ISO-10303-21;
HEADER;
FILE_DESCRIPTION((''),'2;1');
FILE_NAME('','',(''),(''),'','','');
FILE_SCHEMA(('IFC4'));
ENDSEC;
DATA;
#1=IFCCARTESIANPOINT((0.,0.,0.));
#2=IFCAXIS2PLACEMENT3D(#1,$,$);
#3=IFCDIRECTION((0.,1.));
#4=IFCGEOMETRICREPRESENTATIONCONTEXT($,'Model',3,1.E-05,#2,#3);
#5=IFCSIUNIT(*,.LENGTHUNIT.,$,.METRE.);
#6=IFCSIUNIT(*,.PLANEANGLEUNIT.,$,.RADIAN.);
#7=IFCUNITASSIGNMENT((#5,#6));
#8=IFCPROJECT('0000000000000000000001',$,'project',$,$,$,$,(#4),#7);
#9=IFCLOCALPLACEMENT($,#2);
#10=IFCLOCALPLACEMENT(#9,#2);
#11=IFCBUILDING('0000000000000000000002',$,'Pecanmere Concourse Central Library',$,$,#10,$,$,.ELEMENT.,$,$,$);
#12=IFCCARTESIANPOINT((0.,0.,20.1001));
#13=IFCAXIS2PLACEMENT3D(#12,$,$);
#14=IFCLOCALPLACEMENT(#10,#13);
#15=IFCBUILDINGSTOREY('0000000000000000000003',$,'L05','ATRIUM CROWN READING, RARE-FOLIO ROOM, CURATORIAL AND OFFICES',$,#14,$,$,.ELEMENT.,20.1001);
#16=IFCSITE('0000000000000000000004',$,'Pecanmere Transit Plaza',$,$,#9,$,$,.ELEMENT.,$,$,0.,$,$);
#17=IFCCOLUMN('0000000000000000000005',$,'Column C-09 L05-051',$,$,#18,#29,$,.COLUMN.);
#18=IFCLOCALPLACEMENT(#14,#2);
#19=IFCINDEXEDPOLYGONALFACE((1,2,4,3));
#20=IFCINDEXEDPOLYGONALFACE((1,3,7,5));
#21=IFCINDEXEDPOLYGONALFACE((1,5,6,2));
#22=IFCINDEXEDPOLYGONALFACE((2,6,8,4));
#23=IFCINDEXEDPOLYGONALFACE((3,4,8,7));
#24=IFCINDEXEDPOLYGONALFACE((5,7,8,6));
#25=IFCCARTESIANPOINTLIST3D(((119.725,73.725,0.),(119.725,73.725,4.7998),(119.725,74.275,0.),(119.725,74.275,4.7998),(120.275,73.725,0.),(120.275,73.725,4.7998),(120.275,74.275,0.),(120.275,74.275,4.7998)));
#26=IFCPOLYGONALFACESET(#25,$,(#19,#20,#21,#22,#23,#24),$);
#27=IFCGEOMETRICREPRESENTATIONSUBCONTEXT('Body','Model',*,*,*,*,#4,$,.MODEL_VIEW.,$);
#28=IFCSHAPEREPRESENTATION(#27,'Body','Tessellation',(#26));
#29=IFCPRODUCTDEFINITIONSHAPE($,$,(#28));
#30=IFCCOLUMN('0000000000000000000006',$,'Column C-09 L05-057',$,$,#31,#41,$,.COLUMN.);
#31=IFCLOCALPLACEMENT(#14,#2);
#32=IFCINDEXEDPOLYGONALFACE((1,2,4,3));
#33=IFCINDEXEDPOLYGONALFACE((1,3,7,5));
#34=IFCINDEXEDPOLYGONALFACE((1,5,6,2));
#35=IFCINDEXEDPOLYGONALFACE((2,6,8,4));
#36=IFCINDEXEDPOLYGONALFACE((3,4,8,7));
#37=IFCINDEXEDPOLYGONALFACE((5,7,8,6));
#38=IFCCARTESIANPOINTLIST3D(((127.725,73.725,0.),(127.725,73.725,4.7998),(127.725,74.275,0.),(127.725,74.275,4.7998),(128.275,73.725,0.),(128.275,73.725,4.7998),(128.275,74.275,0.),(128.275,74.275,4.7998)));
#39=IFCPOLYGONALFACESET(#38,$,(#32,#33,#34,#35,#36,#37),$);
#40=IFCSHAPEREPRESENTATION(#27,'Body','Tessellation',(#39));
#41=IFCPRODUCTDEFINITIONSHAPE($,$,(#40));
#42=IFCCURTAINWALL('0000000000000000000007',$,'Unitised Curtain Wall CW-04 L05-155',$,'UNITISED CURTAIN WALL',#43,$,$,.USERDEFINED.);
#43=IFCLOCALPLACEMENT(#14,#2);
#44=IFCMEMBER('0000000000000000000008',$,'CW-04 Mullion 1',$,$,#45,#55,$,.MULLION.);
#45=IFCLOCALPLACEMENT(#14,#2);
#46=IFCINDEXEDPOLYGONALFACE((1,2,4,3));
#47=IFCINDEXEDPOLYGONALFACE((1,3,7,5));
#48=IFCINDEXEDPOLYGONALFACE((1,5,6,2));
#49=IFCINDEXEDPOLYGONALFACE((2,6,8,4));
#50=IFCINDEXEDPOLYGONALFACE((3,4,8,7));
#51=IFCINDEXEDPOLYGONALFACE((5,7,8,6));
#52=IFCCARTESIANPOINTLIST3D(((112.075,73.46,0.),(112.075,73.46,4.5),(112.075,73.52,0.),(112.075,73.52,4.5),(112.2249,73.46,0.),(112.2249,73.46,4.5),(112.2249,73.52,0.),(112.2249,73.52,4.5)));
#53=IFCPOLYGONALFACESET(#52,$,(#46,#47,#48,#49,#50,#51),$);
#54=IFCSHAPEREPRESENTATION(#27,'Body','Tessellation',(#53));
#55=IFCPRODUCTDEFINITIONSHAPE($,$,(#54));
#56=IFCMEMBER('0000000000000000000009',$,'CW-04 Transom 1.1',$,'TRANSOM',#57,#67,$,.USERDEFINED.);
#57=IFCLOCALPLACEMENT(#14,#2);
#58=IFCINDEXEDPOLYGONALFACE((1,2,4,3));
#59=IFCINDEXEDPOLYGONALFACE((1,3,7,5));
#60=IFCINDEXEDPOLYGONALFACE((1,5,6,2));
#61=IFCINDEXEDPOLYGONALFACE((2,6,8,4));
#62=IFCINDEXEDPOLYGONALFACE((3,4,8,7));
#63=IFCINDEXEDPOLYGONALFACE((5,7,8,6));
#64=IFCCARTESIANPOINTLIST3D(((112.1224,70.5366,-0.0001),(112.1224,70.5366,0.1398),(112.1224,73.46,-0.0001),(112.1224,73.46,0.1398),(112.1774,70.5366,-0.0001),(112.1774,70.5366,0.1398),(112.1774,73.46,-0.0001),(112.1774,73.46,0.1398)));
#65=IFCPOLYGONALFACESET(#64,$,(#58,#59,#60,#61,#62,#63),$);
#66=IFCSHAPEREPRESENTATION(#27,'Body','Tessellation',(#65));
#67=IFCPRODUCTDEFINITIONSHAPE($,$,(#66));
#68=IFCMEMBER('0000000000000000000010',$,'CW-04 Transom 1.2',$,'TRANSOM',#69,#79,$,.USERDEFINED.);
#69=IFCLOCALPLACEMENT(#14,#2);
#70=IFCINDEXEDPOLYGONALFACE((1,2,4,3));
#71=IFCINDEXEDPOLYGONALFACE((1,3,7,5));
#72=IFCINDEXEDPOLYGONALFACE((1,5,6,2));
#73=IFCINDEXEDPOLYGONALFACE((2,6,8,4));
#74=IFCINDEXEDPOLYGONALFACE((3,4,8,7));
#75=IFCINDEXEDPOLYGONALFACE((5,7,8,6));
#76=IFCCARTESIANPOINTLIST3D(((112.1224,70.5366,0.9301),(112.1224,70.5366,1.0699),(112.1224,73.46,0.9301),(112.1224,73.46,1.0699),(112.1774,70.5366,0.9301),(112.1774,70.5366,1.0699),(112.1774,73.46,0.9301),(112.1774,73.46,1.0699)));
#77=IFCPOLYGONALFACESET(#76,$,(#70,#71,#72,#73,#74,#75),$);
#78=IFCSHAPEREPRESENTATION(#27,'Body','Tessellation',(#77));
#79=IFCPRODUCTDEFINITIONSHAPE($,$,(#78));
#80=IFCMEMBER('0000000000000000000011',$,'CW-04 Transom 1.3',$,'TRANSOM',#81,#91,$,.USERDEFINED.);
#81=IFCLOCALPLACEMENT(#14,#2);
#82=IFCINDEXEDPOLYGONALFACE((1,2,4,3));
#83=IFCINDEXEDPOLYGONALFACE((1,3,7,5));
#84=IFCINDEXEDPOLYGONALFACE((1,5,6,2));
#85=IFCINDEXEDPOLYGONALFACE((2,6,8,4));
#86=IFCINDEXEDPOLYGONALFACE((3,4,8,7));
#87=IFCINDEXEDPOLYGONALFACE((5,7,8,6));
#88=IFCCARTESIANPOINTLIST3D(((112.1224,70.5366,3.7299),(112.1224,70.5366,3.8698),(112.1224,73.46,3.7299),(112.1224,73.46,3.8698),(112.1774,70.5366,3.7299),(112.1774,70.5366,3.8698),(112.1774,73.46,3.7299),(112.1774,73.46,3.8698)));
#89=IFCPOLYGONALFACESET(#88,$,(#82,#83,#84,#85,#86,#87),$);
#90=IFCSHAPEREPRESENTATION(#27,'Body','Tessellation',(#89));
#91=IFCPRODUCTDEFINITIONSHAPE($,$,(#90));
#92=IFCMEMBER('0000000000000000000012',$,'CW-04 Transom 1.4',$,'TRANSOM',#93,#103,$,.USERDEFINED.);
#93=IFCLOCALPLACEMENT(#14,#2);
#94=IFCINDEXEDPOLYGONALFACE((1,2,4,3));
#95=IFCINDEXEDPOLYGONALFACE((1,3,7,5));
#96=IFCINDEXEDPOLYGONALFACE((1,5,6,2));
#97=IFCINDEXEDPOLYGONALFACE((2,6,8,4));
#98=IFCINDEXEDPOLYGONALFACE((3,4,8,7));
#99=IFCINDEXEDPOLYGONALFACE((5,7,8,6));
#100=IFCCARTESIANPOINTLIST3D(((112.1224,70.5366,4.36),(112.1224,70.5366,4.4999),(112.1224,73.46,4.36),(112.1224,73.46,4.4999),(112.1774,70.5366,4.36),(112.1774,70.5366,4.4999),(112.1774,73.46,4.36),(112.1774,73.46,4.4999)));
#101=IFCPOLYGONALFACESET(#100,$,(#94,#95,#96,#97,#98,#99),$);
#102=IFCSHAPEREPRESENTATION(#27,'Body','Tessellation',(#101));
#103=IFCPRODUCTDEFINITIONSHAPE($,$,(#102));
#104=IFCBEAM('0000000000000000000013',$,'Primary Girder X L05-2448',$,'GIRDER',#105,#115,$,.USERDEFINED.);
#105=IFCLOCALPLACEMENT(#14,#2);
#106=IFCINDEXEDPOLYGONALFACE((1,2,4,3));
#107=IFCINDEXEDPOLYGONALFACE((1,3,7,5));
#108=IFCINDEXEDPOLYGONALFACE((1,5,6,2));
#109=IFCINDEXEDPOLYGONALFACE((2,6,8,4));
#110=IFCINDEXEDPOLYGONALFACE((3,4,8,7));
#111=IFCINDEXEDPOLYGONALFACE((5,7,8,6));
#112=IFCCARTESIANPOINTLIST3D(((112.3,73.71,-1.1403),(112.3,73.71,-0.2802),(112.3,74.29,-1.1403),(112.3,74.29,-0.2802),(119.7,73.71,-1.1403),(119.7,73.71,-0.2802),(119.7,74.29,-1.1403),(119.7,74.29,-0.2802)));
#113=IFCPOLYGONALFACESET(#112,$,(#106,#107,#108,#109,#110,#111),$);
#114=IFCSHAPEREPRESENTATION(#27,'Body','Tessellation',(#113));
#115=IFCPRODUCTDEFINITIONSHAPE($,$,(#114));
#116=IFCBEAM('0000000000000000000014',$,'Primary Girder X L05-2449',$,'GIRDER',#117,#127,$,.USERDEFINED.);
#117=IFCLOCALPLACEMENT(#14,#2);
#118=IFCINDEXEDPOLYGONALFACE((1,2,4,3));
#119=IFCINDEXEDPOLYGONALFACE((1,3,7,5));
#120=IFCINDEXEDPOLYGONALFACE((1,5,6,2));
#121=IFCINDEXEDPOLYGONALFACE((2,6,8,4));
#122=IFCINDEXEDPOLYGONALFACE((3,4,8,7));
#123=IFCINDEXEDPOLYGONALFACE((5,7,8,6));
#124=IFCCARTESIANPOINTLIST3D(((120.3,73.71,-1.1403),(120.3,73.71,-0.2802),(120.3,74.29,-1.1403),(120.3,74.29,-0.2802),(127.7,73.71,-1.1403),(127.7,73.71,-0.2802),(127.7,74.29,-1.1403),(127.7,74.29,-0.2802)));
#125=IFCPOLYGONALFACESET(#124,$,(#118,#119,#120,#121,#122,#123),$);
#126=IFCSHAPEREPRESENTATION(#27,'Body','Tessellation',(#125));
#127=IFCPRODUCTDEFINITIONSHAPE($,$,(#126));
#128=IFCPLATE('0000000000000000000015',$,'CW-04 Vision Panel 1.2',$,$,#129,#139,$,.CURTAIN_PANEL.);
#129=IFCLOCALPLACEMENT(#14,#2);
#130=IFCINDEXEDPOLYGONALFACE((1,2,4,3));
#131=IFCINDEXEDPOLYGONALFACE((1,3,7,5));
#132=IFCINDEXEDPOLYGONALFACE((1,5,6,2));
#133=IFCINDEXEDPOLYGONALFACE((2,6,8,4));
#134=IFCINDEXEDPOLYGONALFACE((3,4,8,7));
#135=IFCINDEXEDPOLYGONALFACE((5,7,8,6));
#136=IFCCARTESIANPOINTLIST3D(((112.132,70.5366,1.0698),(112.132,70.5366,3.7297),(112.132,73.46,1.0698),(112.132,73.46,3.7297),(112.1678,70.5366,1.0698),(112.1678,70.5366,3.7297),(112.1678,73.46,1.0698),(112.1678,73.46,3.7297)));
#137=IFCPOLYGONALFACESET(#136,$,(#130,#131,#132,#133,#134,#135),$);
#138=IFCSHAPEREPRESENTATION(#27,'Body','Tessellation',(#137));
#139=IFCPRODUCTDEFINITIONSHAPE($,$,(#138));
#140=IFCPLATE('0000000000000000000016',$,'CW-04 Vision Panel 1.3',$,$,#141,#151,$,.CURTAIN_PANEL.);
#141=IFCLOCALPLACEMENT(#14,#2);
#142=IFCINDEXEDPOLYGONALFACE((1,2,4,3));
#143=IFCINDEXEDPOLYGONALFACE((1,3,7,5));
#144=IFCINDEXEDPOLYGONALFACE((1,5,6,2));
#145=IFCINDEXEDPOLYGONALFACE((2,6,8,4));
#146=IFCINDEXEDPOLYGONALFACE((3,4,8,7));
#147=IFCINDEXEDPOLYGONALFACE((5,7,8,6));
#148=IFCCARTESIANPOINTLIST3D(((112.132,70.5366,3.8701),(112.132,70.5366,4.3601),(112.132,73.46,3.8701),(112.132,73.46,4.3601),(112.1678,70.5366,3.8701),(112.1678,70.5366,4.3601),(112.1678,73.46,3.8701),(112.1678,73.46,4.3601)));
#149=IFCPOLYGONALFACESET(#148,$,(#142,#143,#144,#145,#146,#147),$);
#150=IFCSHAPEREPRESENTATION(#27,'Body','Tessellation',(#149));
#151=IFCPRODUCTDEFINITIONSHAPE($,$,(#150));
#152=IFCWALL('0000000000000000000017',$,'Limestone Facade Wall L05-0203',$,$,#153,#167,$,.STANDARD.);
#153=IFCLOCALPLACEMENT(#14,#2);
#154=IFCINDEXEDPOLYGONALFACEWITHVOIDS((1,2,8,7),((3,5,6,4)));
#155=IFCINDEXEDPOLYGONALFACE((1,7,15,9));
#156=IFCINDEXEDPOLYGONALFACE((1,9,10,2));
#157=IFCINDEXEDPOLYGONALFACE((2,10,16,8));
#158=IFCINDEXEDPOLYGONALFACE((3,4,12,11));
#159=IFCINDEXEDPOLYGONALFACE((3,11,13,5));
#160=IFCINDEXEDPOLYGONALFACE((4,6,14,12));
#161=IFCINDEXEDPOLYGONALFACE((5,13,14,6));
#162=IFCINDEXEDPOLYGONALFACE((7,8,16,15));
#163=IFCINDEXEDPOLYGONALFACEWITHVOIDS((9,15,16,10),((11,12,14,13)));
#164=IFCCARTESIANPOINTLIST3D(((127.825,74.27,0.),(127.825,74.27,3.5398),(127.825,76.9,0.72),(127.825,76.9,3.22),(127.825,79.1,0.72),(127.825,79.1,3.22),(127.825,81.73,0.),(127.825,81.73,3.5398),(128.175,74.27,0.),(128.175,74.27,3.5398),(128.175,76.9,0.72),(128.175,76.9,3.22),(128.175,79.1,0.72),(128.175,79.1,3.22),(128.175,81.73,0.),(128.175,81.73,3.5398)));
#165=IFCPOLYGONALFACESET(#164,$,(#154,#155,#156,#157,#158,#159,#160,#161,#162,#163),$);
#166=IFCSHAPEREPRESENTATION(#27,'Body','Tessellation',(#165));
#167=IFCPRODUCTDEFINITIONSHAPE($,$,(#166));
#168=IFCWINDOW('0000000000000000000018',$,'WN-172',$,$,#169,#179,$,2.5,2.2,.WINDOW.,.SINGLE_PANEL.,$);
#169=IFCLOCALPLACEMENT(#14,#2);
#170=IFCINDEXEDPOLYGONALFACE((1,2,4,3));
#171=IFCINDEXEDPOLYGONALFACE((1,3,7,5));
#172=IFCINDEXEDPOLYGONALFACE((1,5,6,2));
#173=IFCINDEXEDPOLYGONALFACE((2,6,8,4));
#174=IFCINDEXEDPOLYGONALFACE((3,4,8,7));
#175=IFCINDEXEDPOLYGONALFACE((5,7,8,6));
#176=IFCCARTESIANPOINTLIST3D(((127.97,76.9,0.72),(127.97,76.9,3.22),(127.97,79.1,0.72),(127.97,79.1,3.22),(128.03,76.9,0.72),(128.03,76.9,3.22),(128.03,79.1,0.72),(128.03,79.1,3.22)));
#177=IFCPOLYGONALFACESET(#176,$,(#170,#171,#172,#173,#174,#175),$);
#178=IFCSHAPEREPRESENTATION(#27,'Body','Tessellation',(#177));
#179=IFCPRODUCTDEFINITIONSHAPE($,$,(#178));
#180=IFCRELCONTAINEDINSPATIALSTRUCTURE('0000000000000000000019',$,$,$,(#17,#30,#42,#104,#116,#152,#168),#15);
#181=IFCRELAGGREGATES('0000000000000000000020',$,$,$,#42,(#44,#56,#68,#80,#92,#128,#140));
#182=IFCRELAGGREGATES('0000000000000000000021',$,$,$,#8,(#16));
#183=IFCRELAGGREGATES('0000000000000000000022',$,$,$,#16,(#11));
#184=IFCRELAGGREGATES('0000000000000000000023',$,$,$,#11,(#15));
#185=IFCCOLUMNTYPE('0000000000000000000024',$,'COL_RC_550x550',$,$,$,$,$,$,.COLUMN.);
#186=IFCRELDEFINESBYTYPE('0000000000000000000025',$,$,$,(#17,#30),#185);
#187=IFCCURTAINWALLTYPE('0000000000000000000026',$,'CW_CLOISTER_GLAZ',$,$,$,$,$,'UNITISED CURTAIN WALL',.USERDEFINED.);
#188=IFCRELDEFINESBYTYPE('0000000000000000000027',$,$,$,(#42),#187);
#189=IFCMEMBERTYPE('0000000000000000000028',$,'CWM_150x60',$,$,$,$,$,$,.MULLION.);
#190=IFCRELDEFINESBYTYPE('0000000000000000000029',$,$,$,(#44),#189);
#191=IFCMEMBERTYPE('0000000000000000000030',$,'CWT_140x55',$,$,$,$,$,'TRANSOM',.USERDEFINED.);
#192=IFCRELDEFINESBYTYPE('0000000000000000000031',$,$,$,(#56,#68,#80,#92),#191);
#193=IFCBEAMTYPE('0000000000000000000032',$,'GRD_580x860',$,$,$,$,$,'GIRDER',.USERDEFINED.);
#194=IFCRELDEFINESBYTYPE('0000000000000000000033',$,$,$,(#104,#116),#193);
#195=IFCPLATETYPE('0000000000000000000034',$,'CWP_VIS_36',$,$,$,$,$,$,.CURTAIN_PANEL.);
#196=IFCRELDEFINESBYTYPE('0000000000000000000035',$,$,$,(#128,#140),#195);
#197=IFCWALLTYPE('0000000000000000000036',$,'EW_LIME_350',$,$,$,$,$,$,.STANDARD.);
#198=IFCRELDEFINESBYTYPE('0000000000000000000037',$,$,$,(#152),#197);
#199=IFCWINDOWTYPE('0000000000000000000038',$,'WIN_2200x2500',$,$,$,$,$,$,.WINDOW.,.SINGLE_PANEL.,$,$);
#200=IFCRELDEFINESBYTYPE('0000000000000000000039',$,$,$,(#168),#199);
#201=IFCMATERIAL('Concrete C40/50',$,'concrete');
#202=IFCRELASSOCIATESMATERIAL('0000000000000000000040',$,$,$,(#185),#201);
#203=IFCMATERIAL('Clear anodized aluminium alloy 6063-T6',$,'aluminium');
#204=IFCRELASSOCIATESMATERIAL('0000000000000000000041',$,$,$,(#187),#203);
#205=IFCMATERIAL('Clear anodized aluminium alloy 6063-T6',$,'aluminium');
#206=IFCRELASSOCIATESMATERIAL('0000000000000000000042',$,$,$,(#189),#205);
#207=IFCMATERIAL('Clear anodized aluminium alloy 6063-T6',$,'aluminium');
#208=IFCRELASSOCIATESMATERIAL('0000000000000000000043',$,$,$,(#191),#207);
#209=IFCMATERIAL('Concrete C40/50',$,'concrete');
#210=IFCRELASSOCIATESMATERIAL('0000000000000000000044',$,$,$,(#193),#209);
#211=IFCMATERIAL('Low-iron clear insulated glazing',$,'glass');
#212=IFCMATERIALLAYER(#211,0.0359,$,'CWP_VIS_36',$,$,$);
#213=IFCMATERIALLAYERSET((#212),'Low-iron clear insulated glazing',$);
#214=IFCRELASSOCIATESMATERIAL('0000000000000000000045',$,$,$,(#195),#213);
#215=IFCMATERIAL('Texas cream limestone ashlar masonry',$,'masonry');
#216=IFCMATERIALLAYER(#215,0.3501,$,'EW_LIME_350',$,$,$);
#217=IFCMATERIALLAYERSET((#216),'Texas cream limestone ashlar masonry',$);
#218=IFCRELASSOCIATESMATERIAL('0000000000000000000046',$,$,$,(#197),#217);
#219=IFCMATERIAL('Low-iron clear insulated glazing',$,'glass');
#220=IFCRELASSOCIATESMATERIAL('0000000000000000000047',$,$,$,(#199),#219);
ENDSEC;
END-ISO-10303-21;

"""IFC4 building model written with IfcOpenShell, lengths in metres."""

from ifc_helpers import new_model, si_unit, direction, frame, frame_2d, origin, origin_2d, place, context, subcontext, project, spatial, rectangle, extrude, material, layer, layer_set, material_profile, profile_set, type_object, element, fill, aggregate, save


model = new_model("IFC4")

# Units and contexts
model_context = context("Model", 3, precision=1e-05, world=origin(), true_north=direction((0.0, 1.0)))
body_context = subcontext(model_context, "Body", "Model", "MODEL_VIEW")
ifc_project = project(units=[si_unit("LENGTHUNIT", "METRE"), si_unit("PLANEANGLEUNIT", "RADIAN")], contexts=[model_context])

# Site, building, storey
site_placement = place(None, origin())
site = spatial("IfcSite", under=ifc_project, at=site_placement, Name="Pecanmere Transit Plaza", CompositionType="ELEMENT", RefElevation=0.0)
building_placement = place(site_placement, origin())
building = spatial("IfcBuilding", under=site, at=building_placement, Name="Pecanmere Concourse Central Library", CompositionType="ELEMENT")
storey_placement = place(building_placement, frame((0.0, 0.0, 20.1001)))
storey = spatial("IfcBuildingStorey", under=building, at=storey_placement, Name="L05", Description="ATRIUM CROWN READING, RARE-FOLIO ROOM, CURATORIAL AND OFFICES", CompositionType="ELEMENT", Elevation=20.1001)

# Columns
ifc_material_1 = material(Name="Concrete C40/50", Category="concrete")
ifc_material_profile_1 = material_profile(ifc_material_1, rectangle(XDim=0.55, YDim=0.55, at=origin_2d()), Name="RC 550x550")
ifc_profile_set_1 = profile_set([ifc_material_profile_1], Name="Concrete C40/50")
column_type = type_object("IfcColumnType", Name="COL_RC_550x550", PredefinedType="COLUMN", material=ifc_profile_set_1)
for number, where, z_axis, x_axis, name in (
    (1, (120.0, 74.0, 0.0), (0.0, 0.0, 1.0), (1.0, 0.0, 0.0), "Column C-09 L05-051"),
    (2, (128.0, 74.0, 0.0), (0.0, 0.0, 1.0), (1.0, 0.0, 0.0), "Column C-09 L05-057"),
):
    element("IfcColumn", number, at=place(storey_placement, frame(where, z_axis=z_axis, x_axis=x_axis)), inside=storey, type_object=column_type, Name=name, PredefinedType="COLUMN", context=body_context, shape_type="SweptSolid", body=[
        extrude(rectangle(XDim=0.55, YDim=0.55, at=origin_2d()), origin(), (0.0, 0.0, 1.0), 4.7998),
    ])

# Curtain wall, members
ifc_material_2 = material(Name="Clear anodized aluminium alloy 6063-T6", Category="aluminium")
curtain_wall_type = type_object("IfcCurtainWallType", Name="CW_CLOISTER_GLAZ", ElementType="UNITISED CURTAIN WALL", PredefinedType="USERDEFINED", material=ifc_material_2)
curtain_wall_placement = place(storey_placement, origin())
curtain_wall = element("IfcCurtainWall", 3, at=curtain_wall_placement, inside=storey, type_object=curtain_wall_type, Name="Unitised Curtain Wall CW-04 L05-155", ObjectType="UNITISED CURTAIN WALL", PredefinedType="USERDEFINED")
ifc_material_3 = material(Name="Clear anodized aluminium alloy 6063-T6", Category="aluminium")
ifc_material_profile_2 = material_profile(ifc_material_3, rectangle(XDim=0.0601, YDim=0.1499, at=origin_2d()), Name="AL 60x150")
ifc_profile_set_2 = profile_set([ifc_material_profile_2], Name="Clear anodized aluminium alloy 6063-T6")
member_type_1 = type_object("IfcMemberType", Name="CWM_150x60", PredefinedType="MULLION", material=ifc_profile_set_2)
member_1_placement = place(storey_placement, frame((112.1499, 73.49, 0.0), z_axis=(0.0, 0.0, 1.0), x_axis=(0.0, -1.0, 0.0)))
member_1 = element("IfcMember", 4, at=member_1_placement, type_object=member_type_1, Name="CW-04 Mullion 1", PredefinedType="MULLION", context=body_context, shape_type="SweptSolid", body=[
    extrude(rectangle(XDim=0.0601, YDim=0.1499, at=origin_2d()), origin(), (0.0, 0.0, 1.0), 4.5),
])
ifc_material_4 = material(Name="Clear anodized aluminium alloy 6063-T6", Category="aluminium")
ifc_material_profile_3 = material_profile(ifc_material_4, rectangle(XDim=0.0549, YDim=0.1399, at=origin_2d()), Name="AL 55x140")
ifc_profile_set_3 = profile_set([ifc_material_profile_3], Name="Clear anodized aluminium alloy 6063-T6")
member_type_2 = type_object("IfcMemberType", Name="CWT_140x55", ElementType="TRANSOM", PredefinedType="USERDEFINED", material=ifc_profile_set_3)
member_2_placement = place(storey_placement, frame((112.1499, 73.46, 0.0698), z_axis=(0.0, -1.0, 0.0), x_axis=(1.0, 0.0, 0.0)))
member_2 = element("IfcMember", 5, at=member_2_placement, type_object=member_type_2, Name="CW-04 Transom 1.1", ObjectType="TRANSOM", PredefinedType="USERDEFINED", context=body_context, shape_type="SweptSolid", body=[
    extrude(rectangle(XDim=0.0549, YDim=0.1399, at=origin_2d()), origin(), (0.0, 0.0, 1.0), 2.9233),
])
member_3_placement = place(storey_placement, frame((112.1499, 73.46, 1.0), z_axis=(0.0, -1.0, 0.0), x_axis=(1.0, 0.0, 0.0)))
member_3 = element("IfcMember", 6, at=member_3_placement, type_object=member_type_2, Name="CW-04 Transom 1.2", ObjectType="TRANSOM", PredefinedType="USERDEFINED", context=body_context, shape_type="SweptSolid", body=[
    extrude(rectangle(XDim=0.0549, YDim=0.1399, at=origin_2d()), origin(), (0.0, 0.0, 1.0), 2.9233),
])
member_4_placement = place(storey_placement, frame((112.1499, 73.46, 3.7998), z_axis=(0.0, -1.0, 0.0), x_axis=(1.0, 0.0, 0.0)))
member_4 = element("IfcMember", 7, at=member_4_placement, type_object=member_type_2, Name="CW-04 Transom 1.3", ObjectType="TRANSOM", PredefinedType="USERDEFINED", context=body_context, shape_type="SweptSolid", body=[
    extrude(rectangle(XDim=0.0549, YDim=0.1399, at=origin_2d()), origin(), (0.0, 0.0, 1.0), 2.9233),
])
member_5_placement = place(storey_placement, frame((112.1499, 73.46, 4.4299), z_axis=(0.0, -1.0, 0.0), x_axis=(1.0, 0.0, 0.0)))
member_5 = element("IfcMember", 8, at=member_5_placement, type_object=member_type_2, Name="CW-04 Transom 1.4", ObjectType="TRANSOM", PredefinedType="USERDEFINED", context=body_context, shape_type="SweptSolid", body=[
    extrude(rectangle(XDim=0.0549, YDim=0.1399, at=origin_2d()), origin(), (0.0, 0.0, 1.0), 2.9233),
])

# Beams
ifc_material_5 = material(Name="Concrete C40/50", Category="concrete")
ifc_material_profile_4 = material_profile(ifc_material_5, rectangle(XDim=0.5801, YDim=0.8601, at=origin_2d()), Name="RC 580x860")
ifc_profile_set_4 = profile_set([ifc_material_profile_4], Name="Concrete C40/50")
beam_type = type_object("IfcBeamType", Name="GRD_580x860", ElementType="GIRDER", PredefinedType="USERDEFINED", material=ifc_profile_set_4)
for number, where, z_axis, x_axis, name in (
    (9, (112.3, 74.0, -0.7102), (1.0, 0.0, 0.0), (0.0, 1.0, 0.0), "Primary Girder X L05-2448"),
    (10, (120.3, 74.0, -0.7102), (1.0, 0.0, 0.0), (0.0, 1.0, 0.0), "Primary Girder X L05-2449"),
):
    element("IfcBeam", number, at=place(storey_placement, frame(where, z_axis=z_axis, x_axis=x_axis)), inside=storey, type_object=beam_type, Name=name, ObjectType="GIRDER", PredefinedType="USERDEFINED", context=body_context, shape_type="SweptSolid", body=[
        extrude(rectangle(XDim=0.5801, YDim=0.8601, at=origin_2d()), origin(), (0.0, 0.0, 1.0), 7.3999),
    ])

# Plates
ifc_material_6 = material(Name="Low-iron clear insulated glazing", Category="glass")
ifc_layer_1 = layer(ifc_material_6, 0.0359, Name="CWP_VIS_36")
ifc_layer_set_1 = layer_set([ifc_layer_1], Name="Low-iron clear insulated glazing")
plate_type = type_object("IfcPlateType", Name="CWP_VIS_36", PredefinedType="CURTAIN_PANEL", material=ifc_layer_set_1)
plate_1_placement = place(storey_placement, frame((112.1499, 71.9983, 1.0698), z_axis=(0.0, 0.0, 1.0), x_axis=(0.0, -1.0, 0.0)))
plate_1 = element("IfcPlate", 11, at=plate_1_placement, type_object=plate_type, Name="CW-04 Vision Panel 1.2", PredefinedType="CURTAIN_PANEL", context=body_context, shape_type="SweptSolid", body=[
    extrude(rectangle(XDim=2.9233, YDim=0.0359, at=origin_2d()), origin(), (0.0, 0.0, 1.0), 2.6599),
])
plate_2_placement = place(storey_placement, frame((112.1499, 71.9983, 3.8701), z_axis=(0.0, 0.0, 1.0), x_axis=(0.0, -1.0, 0.0)))
plate_2 = element("IfcPlate", 12, at=plate_2_placement, type_object=plate_type, Name="CW-04 Vision Panel 1.3", PredefinedType="CURTAIN_PANEL", context=body_context, shape_type="SweptSolid", body=[
    extrude(rectangle(XDim=2.9233, YDim=0.0359, at=origin_2d()), origin(), (0.0, 0.0, 1.0), 0.49),
])
aggregate(curtain_wall, [member_1, member_2, member_3, member_4, member_5, plate_1, plate_2])

# Wall, opening, window
ifc_material_7 = material(Name="Texas cream limestone ashlar masonry", Category="masonry")
ifc_layer_2 = layer(ifc_material_7, 0.3501, Name="EW_LIME_350")
ifc_layer_set_2 = layer_set([ifc_layer_2], Name="Texas cream limestone ashlar masonry")
wall_type_1 = type_object("IfcWallType", Name="EW_LIME_350", PredefinedType="STANDARD", material=ifc_layer_set_2)
wall_1_placement = place(storey_placement, frame((128.0, 74.27, 0.0), z_axis=(0.0, 0.0, 1.0), x_axis=(0.0, 1.0, 0.0)))
wall_1 = element("IfcWall", 13, at=wall_1_placement, inside=storey, type_object=wall_type_1, Name="Limestone Facade Wall L05-0203", PredefinedType="STANDARD", context=body_context, shape_type="SweptSolid", body=[
    extrude(rectangle(XDim=7.46, YDim=0.3501, at=frame_2d((3.73, 0.0))), origin(), (0.0, 0.0, 1.0), 3.5398),
])
opening_1_placement = place(wall_1_placement, frame((2.6299, 0.0, 0.72)))
opening_1 = element("IfcOpeningElement", 14, at=opening_1_placement, cuts=wall_1, PredefinedType="OPENING", context=body_context, shape_type="SweptSolid", body=[
    extrude(rectangle(XDim=2.2, YDim=2.5, at=frame_2d((1.1001, 1.25))), frame((0.0, 0.187, 0.0), z_axis=(0.0, -1.0, 0.0), x_axis=(1.0, 0.0, 0.0)), (0.0, 0.0, 1.0), 0.374),
])
ifc_material_8 = material(Name="Low-iron clear insulated glazing", Category="glass")
window_type = type_object("IfcWindowType", Name="WIN_2200x2500", PartitioningType="SINGLE_PANEL", PredefinedType="WINDOW", material=ifc_material_8)
window_placement = place(opening_1_placement, origin())
window = element("IfcWindow", 15, at=window_placement, inside=storey, type_object=window_type, Name="WN-172", OverallHeight=2.5, OverallWidth=2.2, PartitioningType="SINGLE_PANEL", PredefinedType="WINDOW", context=body_context, shape_type="SweptSolid", body=[
    extrude(rectangle(XDim=2.2, YDim=2.5, at=frame_2d((1.1001, 1.25))), frame((0.0, 0.03, 0.0), z_axis=(0.0, -1.0, 0.0), x_axis=(1.0, 0.0, 0.0)), (0.0, 0.0, 1.0), 0.0601),
])
fill(opening_1, window)

save(model, "model.ifc")
